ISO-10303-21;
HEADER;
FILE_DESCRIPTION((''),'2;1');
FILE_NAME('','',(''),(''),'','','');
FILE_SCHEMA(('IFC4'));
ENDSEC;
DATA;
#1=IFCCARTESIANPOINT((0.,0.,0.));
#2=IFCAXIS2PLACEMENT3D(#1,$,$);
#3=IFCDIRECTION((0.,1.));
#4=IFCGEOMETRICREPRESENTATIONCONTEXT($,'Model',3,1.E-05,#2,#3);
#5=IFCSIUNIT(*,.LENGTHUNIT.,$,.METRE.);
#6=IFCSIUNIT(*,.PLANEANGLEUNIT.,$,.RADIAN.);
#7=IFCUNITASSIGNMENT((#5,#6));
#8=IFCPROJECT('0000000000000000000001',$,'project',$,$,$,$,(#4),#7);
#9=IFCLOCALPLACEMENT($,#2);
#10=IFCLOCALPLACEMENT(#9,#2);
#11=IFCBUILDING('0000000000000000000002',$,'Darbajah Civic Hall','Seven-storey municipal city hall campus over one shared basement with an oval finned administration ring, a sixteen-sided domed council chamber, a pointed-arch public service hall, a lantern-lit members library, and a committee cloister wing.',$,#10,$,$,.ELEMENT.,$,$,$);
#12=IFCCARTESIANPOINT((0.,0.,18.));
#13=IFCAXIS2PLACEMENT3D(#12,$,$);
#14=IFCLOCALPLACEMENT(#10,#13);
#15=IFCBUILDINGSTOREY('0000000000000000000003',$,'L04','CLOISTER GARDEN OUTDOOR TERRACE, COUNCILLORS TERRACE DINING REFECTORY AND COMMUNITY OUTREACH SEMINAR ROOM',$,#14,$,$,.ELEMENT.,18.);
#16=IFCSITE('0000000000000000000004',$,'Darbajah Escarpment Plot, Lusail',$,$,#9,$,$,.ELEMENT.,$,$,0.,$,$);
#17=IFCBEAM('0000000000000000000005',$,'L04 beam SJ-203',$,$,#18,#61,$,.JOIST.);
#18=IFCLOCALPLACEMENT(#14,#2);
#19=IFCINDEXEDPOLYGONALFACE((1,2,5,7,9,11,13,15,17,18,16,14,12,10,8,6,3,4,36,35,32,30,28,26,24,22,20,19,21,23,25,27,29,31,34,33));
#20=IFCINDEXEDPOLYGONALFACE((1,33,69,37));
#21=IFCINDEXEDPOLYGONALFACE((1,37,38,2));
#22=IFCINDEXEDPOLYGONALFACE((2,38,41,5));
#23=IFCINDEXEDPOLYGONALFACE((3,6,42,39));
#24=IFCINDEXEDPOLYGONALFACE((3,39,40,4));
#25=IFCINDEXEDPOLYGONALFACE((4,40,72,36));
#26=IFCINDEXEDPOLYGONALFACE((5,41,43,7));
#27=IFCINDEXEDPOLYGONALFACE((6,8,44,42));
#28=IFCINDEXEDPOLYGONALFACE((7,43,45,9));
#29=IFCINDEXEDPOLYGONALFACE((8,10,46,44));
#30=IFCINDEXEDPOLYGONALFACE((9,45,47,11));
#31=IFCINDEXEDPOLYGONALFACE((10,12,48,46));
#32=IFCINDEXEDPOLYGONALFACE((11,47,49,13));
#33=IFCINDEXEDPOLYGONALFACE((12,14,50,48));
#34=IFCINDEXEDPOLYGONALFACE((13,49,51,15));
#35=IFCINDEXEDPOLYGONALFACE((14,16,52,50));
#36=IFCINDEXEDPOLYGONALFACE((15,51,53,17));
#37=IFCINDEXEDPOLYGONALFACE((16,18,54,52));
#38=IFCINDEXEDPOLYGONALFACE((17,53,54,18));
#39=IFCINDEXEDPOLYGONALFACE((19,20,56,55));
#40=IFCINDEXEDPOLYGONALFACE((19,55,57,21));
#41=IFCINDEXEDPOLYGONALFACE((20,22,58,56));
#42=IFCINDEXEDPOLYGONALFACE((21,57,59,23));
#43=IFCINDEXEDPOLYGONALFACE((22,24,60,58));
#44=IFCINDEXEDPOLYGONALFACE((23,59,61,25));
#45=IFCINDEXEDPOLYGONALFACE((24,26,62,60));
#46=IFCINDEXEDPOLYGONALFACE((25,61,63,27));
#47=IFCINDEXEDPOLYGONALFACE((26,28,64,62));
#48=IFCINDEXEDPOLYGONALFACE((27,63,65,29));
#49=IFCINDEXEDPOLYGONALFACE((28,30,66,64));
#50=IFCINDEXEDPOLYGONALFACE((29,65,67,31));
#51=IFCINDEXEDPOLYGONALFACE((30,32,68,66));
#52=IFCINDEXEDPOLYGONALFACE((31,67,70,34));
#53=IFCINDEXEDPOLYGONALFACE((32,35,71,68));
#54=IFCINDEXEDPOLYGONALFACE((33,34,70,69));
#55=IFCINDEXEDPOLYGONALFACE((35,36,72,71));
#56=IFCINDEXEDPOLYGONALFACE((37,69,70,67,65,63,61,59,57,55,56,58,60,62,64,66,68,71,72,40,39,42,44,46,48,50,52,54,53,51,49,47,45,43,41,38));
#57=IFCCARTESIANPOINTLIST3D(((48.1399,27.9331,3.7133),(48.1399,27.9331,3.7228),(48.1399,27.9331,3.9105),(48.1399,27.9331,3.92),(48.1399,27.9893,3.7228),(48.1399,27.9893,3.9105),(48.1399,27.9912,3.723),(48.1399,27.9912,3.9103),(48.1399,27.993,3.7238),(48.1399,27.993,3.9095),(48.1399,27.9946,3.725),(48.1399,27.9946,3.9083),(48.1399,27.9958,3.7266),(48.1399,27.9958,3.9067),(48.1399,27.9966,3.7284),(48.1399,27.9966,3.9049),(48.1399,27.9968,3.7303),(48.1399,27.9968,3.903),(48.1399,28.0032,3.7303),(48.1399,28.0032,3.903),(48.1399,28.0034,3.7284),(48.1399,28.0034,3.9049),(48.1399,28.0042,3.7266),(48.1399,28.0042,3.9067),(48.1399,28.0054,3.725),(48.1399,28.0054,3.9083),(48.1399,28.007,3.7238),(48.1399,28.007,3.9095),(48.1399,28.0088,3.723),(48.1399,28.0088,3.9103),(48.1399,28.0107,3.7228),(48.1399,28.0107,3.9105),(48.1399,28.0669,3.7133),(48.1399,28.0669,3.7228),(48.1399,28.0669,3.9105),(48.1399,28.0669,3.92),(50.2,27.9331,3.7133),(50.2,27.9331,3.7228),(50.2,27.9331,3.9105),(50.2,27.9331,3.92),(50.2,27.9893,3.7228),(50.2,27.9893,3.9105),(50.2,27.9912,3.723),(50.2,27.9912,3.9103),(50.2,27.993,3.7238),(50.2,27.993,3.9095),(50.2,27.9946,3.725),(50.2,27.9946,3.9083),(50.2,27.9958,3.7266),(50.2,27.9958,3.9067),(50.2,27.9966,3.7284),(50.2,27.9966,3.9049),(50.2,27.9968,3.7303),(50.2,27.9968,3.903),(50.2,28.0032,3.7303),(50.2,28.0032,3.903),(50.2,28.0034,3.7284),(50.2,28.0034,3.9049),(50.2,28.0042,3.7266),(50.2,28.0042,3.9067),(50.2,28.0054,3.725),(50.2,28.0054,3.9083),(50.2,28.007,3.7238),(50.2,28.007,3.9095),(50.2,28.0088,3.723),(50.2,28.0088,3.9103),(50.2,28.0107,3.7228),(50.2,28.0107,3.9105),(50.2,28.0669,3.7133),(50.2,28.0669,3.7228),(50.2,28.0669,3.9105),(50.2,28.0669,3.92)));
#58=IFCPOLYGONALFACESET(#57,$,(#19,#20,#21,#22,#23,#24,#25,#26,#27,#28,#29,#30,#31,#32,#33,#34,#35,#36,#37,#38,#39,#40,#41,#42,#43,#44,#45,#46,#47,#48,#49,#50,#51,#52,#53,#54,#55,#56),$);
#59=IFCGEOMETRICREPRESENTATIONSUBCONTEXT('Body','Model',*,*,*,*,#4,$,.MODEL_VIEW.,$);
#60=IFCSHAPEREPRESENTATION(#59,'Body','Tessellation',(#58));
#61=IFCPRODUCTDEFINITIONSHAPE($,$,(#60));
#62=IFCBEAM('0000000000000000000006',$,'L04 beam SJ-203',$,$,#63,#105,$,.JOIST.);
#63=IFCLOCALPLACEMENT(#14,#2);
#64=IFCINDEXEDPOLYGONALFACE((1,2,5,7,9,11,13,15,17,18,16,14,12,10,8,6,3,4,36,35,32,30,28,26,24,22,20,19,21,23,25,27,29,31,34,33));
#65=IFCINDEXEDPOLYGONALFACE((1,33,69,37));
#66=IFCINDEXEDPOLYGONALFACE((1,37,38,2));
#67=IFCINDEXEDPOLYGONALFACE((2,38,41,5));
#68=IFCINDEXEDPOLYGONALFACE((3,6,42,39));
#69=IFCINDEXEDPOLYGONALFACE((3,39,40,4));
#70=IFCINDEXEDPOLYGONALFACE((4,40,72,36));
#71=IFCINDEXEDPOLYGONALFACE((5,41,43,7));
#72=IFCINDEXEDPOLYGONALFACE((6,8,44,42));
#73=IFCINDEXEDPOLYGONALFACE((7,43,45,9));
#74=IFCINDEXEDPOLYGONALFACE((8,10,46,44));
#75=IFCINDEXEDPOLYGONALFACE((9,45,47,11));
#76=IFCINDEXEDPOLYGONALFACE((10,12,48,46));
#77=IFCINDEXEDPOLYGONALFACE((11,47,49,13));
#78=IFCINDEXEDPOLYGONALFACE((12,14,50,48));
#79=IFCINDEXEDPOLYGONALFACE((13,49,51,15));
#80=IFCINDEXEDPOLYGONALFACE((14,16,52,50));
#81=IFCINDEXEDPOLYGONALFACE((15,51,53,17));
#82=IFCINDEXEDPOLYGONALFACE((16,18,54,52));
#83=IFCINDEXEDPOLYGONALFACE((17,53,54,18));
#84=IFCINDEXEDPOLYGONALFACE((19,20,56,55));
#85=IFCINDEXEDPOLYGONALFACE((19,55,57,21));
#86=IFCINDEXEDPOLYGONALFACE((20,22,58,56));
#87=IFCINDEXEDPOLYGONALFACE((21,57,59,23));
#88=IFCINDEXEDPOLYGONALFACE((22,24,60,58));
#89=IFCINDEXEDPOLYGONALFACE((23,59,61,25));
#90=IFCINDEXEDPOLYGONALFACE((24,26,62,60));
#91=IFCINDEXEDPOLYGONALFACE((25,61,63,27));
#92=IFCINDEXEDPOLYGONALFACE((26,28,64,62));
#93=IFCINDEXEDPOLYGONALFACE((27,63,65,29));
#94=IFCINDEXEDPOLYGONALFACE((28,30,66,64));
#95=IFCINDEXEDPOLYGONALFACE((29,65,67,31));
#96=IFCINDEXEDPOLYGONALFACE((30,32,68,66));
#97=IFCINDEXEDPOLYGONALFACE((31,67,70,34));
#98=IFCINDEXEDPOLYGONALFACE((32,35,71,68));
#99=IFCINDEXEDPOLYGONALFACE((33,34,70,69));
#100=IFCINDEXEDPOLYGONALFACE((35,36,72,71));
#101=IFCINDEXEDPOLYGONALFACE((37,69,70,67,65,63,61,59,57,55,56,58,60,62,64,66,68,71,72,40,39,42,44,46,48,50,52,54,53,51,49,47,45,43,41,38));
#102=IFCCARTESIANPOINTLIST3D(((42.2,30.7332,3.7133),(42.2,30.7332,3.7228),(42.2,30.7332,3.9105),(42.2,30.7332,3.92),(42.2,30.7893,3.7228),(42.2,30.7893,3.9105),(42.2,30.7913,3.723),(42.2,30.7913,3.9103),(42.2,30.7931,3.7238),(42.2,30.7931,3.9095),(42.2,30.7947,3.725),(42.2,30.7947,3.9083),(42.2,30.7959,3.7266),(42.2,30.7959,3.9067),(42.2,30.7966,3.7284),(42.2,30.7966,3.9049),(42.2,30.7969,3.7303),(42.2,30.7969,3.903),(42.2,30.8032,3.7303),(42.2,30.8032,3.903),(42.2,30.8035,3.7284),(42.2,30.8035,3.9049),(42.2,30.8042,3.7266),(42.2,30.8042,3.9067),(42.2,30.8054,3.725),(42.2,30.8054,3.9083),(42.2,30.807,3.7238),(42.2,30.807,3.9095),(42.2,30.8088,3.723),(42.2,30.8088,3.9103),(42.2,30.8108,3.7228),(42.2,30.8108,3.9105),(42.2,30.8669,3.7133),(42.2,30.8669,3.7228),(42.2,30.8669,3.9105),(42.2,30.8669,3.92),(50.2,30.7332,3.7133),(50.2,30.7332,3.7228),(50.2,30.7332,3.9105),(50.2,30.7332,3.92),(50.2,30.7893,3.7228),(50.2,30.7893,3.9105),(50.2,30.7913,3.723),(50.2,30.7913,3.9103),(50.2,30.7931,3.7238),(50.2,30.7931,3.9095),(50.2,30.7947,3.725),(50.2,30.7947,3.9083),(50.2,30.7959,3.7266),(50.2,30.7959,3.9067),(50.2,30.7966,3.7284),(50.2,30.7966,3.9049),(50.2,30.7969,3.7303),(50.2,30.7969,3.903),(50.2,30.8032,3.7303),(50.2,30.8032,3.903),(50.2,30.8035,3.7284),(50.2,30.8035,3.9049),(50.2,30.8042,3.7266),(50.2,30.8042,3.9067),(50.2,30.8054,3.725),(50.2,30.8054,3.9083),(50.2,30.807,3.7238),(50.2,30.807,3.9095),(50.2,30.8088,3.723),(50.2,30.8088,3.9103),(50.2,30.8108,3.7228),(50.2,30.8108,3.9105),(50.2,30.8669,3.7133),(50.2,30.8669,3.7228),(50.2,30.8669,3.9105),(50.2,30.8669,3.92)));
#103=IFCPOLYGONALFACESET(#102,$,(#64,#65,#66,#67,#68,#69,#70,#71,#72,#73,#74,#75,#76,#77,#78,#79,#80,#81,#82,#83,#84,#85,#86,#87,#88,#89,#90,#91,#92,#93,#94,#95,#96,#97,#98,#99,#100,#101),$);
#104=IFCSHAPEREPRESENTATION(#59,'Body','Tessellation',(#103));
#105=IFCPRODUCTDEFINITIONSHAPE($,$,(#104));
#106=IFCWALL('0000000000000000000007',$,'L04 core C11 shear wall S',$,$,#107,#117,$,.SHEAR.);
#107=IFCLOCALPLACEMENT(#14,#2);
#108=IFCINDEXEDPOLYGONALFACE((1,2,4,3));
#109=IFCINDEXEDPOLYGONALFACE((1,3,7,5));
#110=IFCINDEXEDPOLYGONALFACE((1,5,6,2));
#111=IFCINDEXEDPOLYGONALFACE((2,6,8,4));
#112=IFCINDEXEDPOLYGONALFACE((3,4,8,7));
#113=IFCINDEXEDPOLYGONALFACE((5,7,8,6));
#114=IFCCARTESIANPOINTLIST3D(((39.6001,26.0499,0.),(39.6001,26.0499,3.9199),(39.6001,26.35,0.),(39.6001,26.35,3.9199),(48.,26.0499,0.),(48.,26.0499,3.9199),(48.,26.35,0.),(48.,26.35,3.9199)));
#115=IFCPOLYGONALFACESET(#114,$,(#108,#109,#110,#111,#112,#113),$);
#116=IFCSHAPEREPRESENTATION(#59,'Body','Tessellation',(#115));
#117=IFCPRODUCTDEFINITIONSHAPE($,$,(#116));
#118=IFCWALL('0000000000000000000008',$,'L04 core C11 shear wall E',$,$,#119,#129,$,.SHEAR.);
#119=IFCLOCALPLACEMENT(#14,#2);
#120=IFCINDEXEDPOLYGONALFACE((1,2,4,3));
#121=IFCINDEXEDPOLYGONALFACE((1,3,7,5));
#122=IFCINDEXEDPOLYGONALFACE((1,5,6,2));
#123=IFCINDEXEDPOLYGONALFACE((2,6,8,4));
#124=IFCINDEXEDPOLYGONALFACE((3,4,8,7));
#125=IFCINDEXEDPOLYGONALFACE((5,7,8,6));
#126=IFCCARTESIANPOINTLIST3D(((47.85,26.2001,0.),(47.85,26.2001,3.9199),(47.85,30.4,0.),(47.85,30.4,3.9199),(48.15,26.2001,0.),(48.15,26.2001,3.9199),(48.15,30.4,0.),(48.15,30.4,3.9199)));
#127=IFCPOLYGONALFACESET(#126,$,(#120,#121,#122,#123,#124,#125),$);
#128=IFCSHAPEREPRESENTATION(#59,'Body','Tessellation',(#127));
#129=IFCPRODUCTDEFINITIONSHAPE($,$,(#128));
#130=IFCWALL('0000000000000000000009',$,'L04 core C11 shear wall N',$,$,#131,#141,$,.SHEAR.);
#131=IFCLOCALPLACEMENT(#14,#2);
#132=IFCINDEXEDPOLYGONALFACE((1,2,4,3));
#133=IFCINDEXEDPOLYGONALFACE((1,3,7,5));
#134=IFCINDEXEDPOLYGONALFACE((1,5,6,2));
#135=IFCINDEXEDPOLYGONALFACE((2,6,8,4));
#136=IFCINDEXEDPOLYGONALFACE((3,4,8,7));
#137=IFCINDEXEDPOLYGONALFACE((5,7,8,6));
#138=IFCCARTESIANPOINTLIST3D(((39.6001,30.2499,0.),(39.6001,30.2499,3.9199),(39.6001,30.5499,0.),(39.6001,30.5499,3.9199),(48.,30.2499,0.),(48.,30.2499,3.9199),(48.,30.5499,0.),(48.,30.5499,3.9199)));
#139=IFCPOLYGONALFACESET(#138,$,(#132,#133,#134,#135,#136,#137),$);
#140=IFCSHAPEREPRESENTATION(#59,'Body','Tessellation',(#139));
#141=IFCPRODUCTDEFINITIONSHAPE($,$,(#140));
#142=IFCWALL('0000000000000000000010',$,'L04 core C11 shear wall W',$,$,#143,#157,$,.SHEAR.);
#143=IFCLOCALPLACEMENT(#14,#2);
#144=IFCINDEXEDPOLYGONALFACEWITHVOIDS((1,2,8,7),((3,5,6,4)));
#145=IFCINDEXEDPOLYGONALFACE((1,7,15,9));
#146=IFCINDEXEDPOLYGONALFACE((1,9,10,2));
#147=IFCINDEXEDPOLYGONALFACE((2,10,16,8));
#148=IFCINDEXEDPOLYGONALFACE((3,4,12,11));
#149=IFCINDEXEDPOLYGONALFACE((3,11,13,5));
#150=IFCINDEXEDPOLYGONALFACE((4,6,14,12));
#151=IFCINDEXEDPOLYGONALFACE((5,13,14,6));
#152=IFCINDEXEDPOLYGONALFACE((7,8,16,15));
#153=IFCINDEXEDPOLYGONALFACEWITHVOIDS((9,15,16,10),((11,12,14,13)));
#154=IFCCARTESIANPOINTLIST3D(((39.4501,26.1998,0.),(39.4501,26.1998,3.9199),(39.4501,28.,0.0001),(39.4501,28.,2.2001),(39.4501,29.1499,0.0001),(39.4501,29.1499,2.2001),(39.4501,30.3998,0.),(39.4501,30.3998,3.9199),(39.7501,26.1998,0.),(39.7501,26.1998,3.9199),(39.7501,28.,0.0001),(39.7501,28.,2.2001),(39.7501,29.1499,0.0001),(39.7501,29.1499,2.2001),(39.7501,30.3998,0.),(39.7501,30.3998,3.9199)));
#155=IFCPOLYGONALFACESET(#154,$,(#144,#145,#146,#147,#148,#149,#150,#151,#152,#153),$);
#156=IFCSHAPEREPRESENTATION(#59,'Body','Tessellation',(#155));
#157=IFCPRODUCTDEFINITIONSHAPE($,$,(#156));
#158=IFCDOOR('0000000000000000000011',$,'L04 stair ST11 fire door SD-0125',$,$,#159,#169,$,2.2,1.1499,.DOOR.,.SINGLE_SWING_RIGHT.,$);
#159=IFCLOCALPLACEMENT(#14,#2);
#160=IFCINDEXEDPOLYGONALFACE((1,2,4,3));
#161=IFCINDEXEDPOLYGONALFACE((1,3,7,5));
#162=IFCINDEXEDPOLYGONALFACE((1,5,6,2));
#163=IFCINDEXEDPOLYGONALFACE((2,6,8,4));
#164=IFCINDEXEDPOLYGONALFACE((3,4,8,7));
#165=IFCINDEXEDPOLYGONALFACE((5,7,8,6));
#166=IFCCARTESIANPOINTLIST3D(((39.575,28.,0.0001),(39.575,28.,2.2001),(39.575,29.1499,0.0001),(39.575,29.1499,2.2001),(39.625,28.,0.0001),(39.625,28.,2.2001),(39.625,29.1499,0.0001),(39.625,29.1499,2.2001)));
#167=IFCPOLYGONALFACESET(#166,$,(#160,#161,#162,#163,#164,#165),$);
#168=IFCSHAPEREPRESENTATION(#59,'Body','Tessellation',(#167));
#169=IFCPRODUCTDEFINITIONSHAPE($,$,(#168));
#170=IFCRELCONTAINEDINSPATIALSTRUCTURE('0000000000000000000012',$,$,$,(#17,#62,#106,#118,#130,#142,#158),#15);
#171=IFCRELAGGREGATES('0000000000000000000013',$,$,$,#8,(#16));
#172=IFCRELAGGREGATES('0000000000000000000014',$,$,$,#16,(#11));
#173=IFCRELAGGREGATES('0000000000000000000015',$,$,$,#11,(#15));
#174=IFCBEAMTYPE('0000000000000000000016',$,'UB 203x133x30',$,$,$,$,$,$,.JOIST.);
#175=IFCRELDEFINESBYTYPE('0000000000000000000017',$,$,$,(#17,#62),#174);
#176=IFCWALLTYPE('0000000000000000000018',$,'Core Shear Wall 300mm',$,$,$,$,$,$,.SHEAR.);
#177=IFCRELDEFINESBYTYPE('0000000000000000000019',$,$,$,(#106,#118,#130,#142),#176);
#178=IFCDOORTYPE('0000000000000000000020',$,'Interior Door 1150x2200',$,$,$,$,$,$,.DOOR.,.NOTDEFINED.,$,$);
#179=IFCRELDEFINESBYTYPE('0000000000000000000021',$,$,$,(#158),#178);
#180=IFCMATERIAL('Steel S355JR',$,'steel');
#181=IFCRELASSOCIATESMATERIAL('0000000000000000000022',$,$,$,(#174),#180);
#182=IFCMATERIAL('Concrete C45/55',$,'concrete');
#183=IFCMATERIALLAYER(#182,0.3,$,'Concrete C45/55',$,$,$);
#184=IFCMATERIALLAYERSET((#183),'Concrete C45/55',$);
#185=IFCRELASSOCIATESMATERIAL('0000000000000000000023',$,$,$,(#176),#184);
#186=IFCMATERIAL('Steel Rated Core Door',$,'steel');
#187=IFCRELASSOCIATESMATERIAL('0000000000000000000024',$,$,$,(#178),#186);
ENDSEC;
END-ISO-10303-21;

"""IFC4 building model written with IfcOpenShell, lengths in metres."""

from ifc_helpers import new_model, si_unit, direction, frame, frame_2d, origin, origin_2d, place, context, subcontext, project, spatial, rectangle, i_section, extrude, material, layer, layer_set, material_profile, profile_set, type_object, element, fill, save


model = new_model("IFC4")

# Units and contexts
model_context = context("Model", 3, precision=1e-05, world=origin(), true_north=direction((0.0, 1.0)))
body_context = subcontext(model_context, "Body", "Model", "MODEL_VIEW")
ifc_project = project(units=[si_unit("LENGTHUNIT", "METRE"), si_unit("PLANEANGLEUNIT", "RADIAN")], contexts=[model_context])

# Site, building, storey
site_placement = place(None, origin())
site = spatial("IfcSite", under=ifc_project, at=site_placement, Name="Darbajah Escarpment Plot, Lusail", CompositionType="ELEMENT", RefElevation=0.0)
building_placement = place(site_placement, origin())
building = spatial("IfcBuilding", under=site, at=building_placement, Name="Darbajah Civic Hall", Description="Seven-storey municipal city hall campus over one shared basement with an oval finned administration ring, a sixteen-sided domed council chamber, a pointed-arch public service hall, a lantern-lit members library, and a committee cloister wing.", CompositionType="ELEMENT")
storey_placement = place(building_placement, frame((0.0, 0.0, 18.0)))
storey = spatial("IfcBuildingStorey", under=building, at=storey_placement, Name="L04", Description="CLOISTER GARDEN OUTDOOR TERRACE, COUNCILLORS TERRACE DINING REFECTORY AND COMMUNITY OUTREACH SEMINAR ROOM", CompositionType="ELEMENT", Elevation=18.0)

# Shared definitions
ifc_material_1 = material(Name="Steel S355JR", Category="steel")

# Beams
ifc_material_2 = material(Name="Concrete C45/55", Category="concrete")
ifc_material_profile_1 = material_profile(ifc_material_1, i_section(OverallWidth=0.1338, OverallDepth=0.2068, WebThickness=0.0063, FlangeThickness=0.0095, FilletRadius=0.0076, at=origin_2d()), Name="UB 203x133x30")
ifc_profile_set_1 = profile_set([ifc_material_profile_1], Name="Steel S355JR")
beam_type_1 = type_object("IfcBeamType", Name="UB 203x133x30", PredefinedType="JOIST", material=ifc_profile_set_1)
beam_1_placement = place(storey_placement, frame((48.1399, 28.0, 3.8167), z_axis=(1.0, 0.0, 0.0), x_axis=(0.0, 1.0, 0.0)))
element("IfcBeam", 1, at=beam_1_placement, inside=storey, type_object=beam_type_1, Name="L04 beam SJ-203", PredefinedType="JOIST", context=body_context, shape_type="SweptSolid", body=[
    extrude(i_section(OverallWidth=0.1338, OverallDepth=0.2068, WebThickness=0.0063, FlangeThickness=0.0095, FilletRadius=0.0076, at=origin_2d()), origin(), (0.0, 0.0, 1.0), 2.0601),
])
beam_2_placement = place(storey_placement, frame((42.2, 30.8, 3.8167), z_axis=(1.0, 0.0, 0.0), x_axis=(0.0, 1.0, 0.0)))
element("IfcBeam", 2, at=beam_2_placement, inside=storey, type_object=beam_type_1, Name="L04 beam SJ-203", PredefinedType="JOIST", context=body_context, shape_type="SweptSolid", body=[
    extrude(i_section(OverallWidth=0.1338, OverallDepth=0.2068, WebThickness=0.0063, FlangeThickness=0.0095, FilletRadius=0.0076, at=origin_2d()), origin(), (0.0, 0.0, 1.0), 8.0),
])

# Walls
ifc_layer_1 = layer(ifc_material_2, 0.3, Name="Concrete C45/55")
ifc_layer_set_1 = layer_set([ifc_layer_1], Name="Concrete C45/55")
wall_type_1 = type_object("IfcWallType", Name="Core Shear Wall 300mm", PredefinedType="SHEAR", material=ifc_layer_set_1)
wall_1_placement = place(storey_placement, frame((39.6001, 26.2, 0.0), z_axis=(0.0, 0.0, 1.0), x_axis=(1.0, 0.0, 0.0)))
element("IfcWall", 3, at=wall_1_placement, inside=storey, type_object=wall_type_1, Name="L04 core C11 shear wall S", PredefinedType="SHEAR", context=body_context, shape_type="SweptSolid", body=[
    extrude(rectangle(XDim=8.3999, YDim=0.3, at=frame_2d((4.2, 0.0))), origin(), (0.0, 0.0, 1.0), 3.9199),
])
wall_2_placement = place(storey_placement, frame((48.0, 26.2, 0.0), z_axis=(0.0, 0.0, 1.0), x_axis=(0.0, 1.0, 0.0)))
element("IfcWall", 4, at=wall_2_placement, inside=storey, type_object=wall_type_1, Name="L04 core C11 shear wall E", PredefinedType="SHEAR", context=body_context, shape_type="SweptSolid", body=[
    extrude(rectangle(XDim=4.2, YDim=0.3, at=frame_2d((2.1001, 0.0))), origin(), (0.0, 0.0, 1.0), 3.9199),
])
wall_3_placement = place(storey_placement, frame((48.0, 30.3999, 0.0), z_axis=(0.0, 0.0, 1.0), x_axis=(-1.0, 0.0, 0.0)))
element("IfcWall", 5, at=wall_3_placement, inside=storey, type_object=wall_type_1, Name="L04 core C11 shear wall N", PredefinedType="SHEAR", context=body_context, shape_type="SweptSolid", body=[
    extrude(rectangle(XDim=8.3999, YDim=0.3, at=frame_2d((4.2, 0.0))), origin(), (0.0, 0.0, 1.0), 3.9199),
])

# Wall, opening, door
wall_4_placement = place(storey_placement, frame((39.6001, 30.3999, 0.0), z_axis=(0.0, 0.0, 1.0), x_axis=(0.0, -1.0, 0.0)))
wall_4 = element("IfcWall", 6, at=wall_4_placement, inside=storey, type_object=wall_type_1, Name="L04 core C11 shear wall W", PredefinedType="SHEAR", context=body_context, shape_type="SweptSolid", body=[
    extrude(rectangle(XDim=4.2, YDim=0.3, at=frame_2d((2.1001, 0.0))), origin(), (0.0, 0.0, 1.0), 3.9199),
])
opening_1_placement = place(wall_4_placement, frame((1.25, 0.0, 0.0)))
opening_1 = element("IfcOpeningElement", 7, at=opening_1_placement, cuts=wall_4, PredefinedType="OPENING", context=body_context, shape_type="SweptSolid", body=[
    extrude(rectangle(XDim=1.1499, YDim=2.2, at=frame_2d((0.575, 1.1001))), frame((0.0, 0.1599, 0.0), z_axis=(0.0, -1.0, 0.0), x_axis=(1.0, 0.0, 0.0)), (0.0, 0.0, 1.0), 0.3201),
])
ifc_material_3 = material(Name="Steel Rated Core Door", Category="steel")
door_type_1 = type_object("IfcDoorType", Name="Interior Door 1150x2200", OperationType="NOTDEFINED", PredefinedType="DOOR", material=ifc_material_3)
door_1_placement = place(opening_1_placement, origin())
door_1 = element("IfcDoor", 8, at=door_1_placement, inside=storey, type_object=door_type_1, Name="L04 stair ST11 fire door SD-0125", OperationType="SINGLE_SWING_RIGHT", OverallHeight=2.2, OverallWidth=1.1499, PredefinedType="DOOR", context=body_context, shape_type="SweptSolid", body=[
    extrude(rectangle(XDim=1.1499, YDim=2.2, at=frame_2d((0.575, 1.1001))), frame((0.0, 0.0249, 0.0), z_axis=(0.0, -1.0, 0.0), x_axis=(1.0, 0.0, 0.0)), (0.0, 0.0, 1.0), 0.05),
])
fill(opening_1, door_1)

save(model, "model.ifc")
